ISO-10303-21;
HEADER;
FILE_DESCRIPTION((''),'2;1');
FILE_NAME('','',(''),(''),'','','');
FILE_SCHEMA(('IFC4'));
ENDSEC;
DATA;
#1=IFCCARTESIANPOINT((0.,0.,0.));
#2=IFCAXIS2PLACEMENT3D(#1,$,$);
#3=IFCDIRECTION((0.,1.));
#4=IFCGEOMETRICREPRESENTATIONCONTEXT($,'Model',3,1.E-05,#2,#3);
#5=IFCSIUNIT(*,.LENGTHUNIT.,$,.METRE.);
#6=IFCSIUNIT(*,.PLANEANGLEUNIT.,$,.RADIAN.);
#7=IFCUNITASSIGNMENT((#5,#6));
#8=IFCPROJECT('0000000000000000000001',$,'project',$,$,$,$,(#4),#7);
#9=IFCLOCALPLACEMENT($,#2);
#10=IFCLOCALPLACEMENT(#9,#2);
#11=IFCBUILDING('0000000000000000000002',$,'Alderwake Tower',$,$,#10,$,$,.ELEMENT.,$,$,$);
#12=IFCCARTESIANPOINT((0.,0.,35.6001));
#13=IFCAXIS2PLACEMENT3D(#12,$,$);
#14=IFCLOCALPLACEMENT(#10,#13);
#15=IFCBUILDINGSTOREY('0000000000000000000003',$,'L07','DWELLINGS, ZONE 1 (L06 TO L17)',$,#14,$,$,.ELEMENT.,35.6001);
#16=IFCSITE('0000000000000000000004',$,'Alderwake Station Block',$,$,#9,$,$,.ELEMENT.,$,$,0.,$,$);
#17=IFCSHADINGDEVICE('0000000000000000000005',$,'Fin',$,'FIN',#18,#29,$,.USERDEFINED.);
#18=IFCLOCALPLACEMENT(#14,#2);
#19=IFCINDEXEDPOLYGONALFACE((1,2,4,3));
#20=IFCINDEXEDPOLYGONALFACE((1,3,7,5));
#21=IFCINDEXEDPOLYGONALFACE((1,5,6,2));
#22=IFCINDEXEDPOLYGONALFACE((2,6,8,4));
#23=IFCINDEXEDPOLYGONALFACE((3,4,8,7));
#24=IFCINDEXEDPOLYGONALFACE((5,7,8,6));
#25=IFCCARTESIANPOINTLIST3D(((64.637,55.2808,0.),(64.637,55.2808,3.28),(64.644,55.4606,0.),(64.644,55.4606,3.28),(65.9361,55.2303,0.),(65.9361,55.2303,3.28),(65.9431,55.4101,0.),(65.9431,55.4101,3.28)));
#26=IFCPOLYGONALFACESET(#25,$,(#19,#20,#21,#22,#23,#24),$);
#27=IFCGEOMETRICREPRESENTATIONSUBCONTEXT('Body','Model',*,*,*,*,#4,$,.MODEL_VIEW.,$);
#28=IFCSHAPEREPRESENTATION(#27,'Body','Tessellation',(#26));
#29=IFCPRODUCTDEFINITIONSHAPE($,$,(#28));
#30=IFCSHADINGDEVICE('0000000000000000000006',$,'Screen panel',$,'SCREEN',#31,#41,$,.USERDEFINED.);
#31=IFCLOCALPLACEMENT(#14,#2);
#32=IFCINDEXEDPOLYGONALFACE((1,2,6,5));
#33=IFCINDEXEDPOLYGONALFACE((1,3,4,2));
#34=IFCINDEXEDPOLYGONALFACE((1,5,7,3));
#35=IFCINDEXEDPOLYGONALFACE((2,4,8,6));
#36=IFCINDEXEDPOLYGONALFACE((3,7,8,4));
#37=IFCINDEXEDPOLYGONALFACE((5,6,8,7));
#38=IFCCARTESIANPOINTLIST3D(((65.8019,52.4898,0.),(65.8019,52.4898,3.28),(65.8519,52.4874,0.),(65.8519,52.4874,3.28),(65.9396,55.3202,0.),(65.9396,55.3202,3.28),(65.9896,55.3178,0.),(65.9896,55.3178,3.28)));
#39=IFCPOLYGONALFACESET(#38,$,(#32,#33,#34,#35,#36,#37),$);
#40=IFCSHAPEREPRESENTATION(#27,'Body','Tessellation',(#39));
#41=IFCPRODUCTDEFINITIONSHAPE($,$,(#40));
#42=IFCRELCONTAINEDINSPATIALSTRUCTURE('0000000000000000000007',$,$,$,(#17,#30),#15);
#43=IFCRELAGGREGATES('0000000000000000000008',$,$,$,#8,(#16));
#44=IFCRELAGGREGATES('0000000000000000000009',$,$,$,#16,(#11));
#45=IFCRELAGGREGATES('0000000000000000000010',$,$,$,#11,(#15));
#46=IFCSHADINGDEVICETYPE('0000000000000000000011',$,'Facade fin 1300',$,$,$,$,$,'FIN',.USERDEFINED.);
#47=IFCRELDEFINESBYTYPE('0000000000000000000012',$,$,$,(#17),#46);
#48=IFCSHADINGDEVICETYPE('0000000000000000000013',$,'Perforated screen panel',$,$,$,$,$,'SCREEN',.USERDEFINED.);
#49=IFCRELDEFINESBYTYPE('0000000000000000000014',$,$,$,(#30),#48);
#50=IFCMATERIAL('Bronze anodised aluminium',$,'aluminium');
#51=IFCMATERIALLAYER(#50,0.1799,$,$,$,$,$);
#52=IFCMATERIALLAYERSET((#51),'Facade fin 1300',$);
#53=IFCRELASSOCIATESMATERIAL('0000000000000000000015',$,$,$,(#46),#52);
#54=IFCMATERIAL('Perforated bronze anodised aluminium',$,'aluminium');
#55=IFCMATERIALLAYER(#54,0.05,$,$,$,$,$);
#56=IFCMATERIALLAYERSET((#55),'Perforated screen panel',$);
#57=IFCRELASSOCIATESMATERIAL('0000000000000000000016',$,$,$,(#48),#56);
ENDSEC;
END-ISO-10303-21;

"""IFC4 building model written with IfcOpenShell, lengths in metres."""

from ifc_helpers import new_model, si_unit, direction, frame, origin, origin_2d, place, context, subcontext, project, spatial, rectangle, extrude, material, layer, layer_set, type_object, element, save


model = new_model("IFC4")

# Units and contexts
model_context = context("Model", 3, precision=1e-05, world=origin(), true_north=direction((0.0, 1.0)))
body_context = subcontext(model_context, "Body", "Model", "MODEL_VIEW")
ifc_project = project(units=[si_unit("LENGTHUNIT", "METRE"), si_unit("PLANEANGLEUNIT", "RADIAN")], contexts=[model_context])

# Site, building, storey
site_placement = place(None, origin())
site = spatial("IfcSite", under=ifc_project, at=site_placement, Name="Alderwake Station Block", CompositionType="ELEMENT", RefElevation=0.0)
building_placement = place(site_placement, origin())
building = spatial("IfcBuilding", under=site, at=building_placement, Name="Alderwake Tower", CompositionType="ELEMENT")
storey_placement = place(building_placement, frame((0.0, 0.0, 35.6001)))
storey = spatial("IfcBuildingStorey", under=building, at=storey_placement, Name="L07", Description="DWELLINGS, ZONE 1 (L06 TO L17)", CompositionType="ELEMENT", Elevation=35.6001)

# Shading devices
ifc_material_1 = material(Name="Bronze anodised aluminium", Category="aluminium")
ifc_layer_1 = layer(ifc_material_1, 0.1799)
ifc_layer_set_1 = layer_set([ifc_layer_1], Name="Facade fin 1300")
shading_device_type_1 = type_object("IfcShadingDeviceType", Name="Facade fin 1300", ElementType="FIN", PredefinedType="USERDEFINED", material=ifc_layer_set_1)
for number, where, z_axis, x_axis, name in (
    (1, (65.29, 55.3455, 0.0), (0.0, 0.0, 1.0), (0.999243, -0.03889, 0.0), "Fin"),
):
    element("IfcShadingDevice", number, at=place(storey_placement, frame(where, z_axis=z_axis, x_axis=x_axis)), inside=storey, type_object=shading_device_type_1, Name=name, ObjectType="FIN", PredefinedType="USERDEFINED", context=body_context, shape_type="SweptSolid", body=[
        extrude(rectangle(XDim=1.3, YDim=0.1799, at=origin_2d()), origin(), (0.0, 0.0, 1.0), 3.28),
    ])
ifc_material_2 = material(Name="Perforated bronze anodised aluminium", Category="aluminium")
ifc_layer_2 = layer(ifc_material_2, 0.05)
ifc_layer_set_2 = layer_set([ifc_layer_2], Name="Perforated screen panel")
shading_device_type_2 = type_object("IfcShadingDeviceType", Name="Perforated screen panel", ElementType="SCREEN", PredefinedType="USERDEFINED", material=ifc_layer_set_2)
shading_device_placement = place(storey_placement, frame((65.8958, 53.9038, 0.0), z_axis=(0.0, 0.0, 1.0), x_axis=(0.998819, -0.048581, 0.0)))
element("IfcShadingDevice", 2, at=shading_device_placement, inside=storey, type_object=shading_device_type_2, Name="Screen panel", ObjectType="SCREEN", PredefinedType="USERDEFINED", context=body_context, shape_type="SweptSolid", body=[
    extrude(rectangle(XDim=0.05, YDim=2.8337, at=origin_2d()), origin(), (0.0, 0.0, 1.0), 3.28),
])

save(model, "model.ifc")
